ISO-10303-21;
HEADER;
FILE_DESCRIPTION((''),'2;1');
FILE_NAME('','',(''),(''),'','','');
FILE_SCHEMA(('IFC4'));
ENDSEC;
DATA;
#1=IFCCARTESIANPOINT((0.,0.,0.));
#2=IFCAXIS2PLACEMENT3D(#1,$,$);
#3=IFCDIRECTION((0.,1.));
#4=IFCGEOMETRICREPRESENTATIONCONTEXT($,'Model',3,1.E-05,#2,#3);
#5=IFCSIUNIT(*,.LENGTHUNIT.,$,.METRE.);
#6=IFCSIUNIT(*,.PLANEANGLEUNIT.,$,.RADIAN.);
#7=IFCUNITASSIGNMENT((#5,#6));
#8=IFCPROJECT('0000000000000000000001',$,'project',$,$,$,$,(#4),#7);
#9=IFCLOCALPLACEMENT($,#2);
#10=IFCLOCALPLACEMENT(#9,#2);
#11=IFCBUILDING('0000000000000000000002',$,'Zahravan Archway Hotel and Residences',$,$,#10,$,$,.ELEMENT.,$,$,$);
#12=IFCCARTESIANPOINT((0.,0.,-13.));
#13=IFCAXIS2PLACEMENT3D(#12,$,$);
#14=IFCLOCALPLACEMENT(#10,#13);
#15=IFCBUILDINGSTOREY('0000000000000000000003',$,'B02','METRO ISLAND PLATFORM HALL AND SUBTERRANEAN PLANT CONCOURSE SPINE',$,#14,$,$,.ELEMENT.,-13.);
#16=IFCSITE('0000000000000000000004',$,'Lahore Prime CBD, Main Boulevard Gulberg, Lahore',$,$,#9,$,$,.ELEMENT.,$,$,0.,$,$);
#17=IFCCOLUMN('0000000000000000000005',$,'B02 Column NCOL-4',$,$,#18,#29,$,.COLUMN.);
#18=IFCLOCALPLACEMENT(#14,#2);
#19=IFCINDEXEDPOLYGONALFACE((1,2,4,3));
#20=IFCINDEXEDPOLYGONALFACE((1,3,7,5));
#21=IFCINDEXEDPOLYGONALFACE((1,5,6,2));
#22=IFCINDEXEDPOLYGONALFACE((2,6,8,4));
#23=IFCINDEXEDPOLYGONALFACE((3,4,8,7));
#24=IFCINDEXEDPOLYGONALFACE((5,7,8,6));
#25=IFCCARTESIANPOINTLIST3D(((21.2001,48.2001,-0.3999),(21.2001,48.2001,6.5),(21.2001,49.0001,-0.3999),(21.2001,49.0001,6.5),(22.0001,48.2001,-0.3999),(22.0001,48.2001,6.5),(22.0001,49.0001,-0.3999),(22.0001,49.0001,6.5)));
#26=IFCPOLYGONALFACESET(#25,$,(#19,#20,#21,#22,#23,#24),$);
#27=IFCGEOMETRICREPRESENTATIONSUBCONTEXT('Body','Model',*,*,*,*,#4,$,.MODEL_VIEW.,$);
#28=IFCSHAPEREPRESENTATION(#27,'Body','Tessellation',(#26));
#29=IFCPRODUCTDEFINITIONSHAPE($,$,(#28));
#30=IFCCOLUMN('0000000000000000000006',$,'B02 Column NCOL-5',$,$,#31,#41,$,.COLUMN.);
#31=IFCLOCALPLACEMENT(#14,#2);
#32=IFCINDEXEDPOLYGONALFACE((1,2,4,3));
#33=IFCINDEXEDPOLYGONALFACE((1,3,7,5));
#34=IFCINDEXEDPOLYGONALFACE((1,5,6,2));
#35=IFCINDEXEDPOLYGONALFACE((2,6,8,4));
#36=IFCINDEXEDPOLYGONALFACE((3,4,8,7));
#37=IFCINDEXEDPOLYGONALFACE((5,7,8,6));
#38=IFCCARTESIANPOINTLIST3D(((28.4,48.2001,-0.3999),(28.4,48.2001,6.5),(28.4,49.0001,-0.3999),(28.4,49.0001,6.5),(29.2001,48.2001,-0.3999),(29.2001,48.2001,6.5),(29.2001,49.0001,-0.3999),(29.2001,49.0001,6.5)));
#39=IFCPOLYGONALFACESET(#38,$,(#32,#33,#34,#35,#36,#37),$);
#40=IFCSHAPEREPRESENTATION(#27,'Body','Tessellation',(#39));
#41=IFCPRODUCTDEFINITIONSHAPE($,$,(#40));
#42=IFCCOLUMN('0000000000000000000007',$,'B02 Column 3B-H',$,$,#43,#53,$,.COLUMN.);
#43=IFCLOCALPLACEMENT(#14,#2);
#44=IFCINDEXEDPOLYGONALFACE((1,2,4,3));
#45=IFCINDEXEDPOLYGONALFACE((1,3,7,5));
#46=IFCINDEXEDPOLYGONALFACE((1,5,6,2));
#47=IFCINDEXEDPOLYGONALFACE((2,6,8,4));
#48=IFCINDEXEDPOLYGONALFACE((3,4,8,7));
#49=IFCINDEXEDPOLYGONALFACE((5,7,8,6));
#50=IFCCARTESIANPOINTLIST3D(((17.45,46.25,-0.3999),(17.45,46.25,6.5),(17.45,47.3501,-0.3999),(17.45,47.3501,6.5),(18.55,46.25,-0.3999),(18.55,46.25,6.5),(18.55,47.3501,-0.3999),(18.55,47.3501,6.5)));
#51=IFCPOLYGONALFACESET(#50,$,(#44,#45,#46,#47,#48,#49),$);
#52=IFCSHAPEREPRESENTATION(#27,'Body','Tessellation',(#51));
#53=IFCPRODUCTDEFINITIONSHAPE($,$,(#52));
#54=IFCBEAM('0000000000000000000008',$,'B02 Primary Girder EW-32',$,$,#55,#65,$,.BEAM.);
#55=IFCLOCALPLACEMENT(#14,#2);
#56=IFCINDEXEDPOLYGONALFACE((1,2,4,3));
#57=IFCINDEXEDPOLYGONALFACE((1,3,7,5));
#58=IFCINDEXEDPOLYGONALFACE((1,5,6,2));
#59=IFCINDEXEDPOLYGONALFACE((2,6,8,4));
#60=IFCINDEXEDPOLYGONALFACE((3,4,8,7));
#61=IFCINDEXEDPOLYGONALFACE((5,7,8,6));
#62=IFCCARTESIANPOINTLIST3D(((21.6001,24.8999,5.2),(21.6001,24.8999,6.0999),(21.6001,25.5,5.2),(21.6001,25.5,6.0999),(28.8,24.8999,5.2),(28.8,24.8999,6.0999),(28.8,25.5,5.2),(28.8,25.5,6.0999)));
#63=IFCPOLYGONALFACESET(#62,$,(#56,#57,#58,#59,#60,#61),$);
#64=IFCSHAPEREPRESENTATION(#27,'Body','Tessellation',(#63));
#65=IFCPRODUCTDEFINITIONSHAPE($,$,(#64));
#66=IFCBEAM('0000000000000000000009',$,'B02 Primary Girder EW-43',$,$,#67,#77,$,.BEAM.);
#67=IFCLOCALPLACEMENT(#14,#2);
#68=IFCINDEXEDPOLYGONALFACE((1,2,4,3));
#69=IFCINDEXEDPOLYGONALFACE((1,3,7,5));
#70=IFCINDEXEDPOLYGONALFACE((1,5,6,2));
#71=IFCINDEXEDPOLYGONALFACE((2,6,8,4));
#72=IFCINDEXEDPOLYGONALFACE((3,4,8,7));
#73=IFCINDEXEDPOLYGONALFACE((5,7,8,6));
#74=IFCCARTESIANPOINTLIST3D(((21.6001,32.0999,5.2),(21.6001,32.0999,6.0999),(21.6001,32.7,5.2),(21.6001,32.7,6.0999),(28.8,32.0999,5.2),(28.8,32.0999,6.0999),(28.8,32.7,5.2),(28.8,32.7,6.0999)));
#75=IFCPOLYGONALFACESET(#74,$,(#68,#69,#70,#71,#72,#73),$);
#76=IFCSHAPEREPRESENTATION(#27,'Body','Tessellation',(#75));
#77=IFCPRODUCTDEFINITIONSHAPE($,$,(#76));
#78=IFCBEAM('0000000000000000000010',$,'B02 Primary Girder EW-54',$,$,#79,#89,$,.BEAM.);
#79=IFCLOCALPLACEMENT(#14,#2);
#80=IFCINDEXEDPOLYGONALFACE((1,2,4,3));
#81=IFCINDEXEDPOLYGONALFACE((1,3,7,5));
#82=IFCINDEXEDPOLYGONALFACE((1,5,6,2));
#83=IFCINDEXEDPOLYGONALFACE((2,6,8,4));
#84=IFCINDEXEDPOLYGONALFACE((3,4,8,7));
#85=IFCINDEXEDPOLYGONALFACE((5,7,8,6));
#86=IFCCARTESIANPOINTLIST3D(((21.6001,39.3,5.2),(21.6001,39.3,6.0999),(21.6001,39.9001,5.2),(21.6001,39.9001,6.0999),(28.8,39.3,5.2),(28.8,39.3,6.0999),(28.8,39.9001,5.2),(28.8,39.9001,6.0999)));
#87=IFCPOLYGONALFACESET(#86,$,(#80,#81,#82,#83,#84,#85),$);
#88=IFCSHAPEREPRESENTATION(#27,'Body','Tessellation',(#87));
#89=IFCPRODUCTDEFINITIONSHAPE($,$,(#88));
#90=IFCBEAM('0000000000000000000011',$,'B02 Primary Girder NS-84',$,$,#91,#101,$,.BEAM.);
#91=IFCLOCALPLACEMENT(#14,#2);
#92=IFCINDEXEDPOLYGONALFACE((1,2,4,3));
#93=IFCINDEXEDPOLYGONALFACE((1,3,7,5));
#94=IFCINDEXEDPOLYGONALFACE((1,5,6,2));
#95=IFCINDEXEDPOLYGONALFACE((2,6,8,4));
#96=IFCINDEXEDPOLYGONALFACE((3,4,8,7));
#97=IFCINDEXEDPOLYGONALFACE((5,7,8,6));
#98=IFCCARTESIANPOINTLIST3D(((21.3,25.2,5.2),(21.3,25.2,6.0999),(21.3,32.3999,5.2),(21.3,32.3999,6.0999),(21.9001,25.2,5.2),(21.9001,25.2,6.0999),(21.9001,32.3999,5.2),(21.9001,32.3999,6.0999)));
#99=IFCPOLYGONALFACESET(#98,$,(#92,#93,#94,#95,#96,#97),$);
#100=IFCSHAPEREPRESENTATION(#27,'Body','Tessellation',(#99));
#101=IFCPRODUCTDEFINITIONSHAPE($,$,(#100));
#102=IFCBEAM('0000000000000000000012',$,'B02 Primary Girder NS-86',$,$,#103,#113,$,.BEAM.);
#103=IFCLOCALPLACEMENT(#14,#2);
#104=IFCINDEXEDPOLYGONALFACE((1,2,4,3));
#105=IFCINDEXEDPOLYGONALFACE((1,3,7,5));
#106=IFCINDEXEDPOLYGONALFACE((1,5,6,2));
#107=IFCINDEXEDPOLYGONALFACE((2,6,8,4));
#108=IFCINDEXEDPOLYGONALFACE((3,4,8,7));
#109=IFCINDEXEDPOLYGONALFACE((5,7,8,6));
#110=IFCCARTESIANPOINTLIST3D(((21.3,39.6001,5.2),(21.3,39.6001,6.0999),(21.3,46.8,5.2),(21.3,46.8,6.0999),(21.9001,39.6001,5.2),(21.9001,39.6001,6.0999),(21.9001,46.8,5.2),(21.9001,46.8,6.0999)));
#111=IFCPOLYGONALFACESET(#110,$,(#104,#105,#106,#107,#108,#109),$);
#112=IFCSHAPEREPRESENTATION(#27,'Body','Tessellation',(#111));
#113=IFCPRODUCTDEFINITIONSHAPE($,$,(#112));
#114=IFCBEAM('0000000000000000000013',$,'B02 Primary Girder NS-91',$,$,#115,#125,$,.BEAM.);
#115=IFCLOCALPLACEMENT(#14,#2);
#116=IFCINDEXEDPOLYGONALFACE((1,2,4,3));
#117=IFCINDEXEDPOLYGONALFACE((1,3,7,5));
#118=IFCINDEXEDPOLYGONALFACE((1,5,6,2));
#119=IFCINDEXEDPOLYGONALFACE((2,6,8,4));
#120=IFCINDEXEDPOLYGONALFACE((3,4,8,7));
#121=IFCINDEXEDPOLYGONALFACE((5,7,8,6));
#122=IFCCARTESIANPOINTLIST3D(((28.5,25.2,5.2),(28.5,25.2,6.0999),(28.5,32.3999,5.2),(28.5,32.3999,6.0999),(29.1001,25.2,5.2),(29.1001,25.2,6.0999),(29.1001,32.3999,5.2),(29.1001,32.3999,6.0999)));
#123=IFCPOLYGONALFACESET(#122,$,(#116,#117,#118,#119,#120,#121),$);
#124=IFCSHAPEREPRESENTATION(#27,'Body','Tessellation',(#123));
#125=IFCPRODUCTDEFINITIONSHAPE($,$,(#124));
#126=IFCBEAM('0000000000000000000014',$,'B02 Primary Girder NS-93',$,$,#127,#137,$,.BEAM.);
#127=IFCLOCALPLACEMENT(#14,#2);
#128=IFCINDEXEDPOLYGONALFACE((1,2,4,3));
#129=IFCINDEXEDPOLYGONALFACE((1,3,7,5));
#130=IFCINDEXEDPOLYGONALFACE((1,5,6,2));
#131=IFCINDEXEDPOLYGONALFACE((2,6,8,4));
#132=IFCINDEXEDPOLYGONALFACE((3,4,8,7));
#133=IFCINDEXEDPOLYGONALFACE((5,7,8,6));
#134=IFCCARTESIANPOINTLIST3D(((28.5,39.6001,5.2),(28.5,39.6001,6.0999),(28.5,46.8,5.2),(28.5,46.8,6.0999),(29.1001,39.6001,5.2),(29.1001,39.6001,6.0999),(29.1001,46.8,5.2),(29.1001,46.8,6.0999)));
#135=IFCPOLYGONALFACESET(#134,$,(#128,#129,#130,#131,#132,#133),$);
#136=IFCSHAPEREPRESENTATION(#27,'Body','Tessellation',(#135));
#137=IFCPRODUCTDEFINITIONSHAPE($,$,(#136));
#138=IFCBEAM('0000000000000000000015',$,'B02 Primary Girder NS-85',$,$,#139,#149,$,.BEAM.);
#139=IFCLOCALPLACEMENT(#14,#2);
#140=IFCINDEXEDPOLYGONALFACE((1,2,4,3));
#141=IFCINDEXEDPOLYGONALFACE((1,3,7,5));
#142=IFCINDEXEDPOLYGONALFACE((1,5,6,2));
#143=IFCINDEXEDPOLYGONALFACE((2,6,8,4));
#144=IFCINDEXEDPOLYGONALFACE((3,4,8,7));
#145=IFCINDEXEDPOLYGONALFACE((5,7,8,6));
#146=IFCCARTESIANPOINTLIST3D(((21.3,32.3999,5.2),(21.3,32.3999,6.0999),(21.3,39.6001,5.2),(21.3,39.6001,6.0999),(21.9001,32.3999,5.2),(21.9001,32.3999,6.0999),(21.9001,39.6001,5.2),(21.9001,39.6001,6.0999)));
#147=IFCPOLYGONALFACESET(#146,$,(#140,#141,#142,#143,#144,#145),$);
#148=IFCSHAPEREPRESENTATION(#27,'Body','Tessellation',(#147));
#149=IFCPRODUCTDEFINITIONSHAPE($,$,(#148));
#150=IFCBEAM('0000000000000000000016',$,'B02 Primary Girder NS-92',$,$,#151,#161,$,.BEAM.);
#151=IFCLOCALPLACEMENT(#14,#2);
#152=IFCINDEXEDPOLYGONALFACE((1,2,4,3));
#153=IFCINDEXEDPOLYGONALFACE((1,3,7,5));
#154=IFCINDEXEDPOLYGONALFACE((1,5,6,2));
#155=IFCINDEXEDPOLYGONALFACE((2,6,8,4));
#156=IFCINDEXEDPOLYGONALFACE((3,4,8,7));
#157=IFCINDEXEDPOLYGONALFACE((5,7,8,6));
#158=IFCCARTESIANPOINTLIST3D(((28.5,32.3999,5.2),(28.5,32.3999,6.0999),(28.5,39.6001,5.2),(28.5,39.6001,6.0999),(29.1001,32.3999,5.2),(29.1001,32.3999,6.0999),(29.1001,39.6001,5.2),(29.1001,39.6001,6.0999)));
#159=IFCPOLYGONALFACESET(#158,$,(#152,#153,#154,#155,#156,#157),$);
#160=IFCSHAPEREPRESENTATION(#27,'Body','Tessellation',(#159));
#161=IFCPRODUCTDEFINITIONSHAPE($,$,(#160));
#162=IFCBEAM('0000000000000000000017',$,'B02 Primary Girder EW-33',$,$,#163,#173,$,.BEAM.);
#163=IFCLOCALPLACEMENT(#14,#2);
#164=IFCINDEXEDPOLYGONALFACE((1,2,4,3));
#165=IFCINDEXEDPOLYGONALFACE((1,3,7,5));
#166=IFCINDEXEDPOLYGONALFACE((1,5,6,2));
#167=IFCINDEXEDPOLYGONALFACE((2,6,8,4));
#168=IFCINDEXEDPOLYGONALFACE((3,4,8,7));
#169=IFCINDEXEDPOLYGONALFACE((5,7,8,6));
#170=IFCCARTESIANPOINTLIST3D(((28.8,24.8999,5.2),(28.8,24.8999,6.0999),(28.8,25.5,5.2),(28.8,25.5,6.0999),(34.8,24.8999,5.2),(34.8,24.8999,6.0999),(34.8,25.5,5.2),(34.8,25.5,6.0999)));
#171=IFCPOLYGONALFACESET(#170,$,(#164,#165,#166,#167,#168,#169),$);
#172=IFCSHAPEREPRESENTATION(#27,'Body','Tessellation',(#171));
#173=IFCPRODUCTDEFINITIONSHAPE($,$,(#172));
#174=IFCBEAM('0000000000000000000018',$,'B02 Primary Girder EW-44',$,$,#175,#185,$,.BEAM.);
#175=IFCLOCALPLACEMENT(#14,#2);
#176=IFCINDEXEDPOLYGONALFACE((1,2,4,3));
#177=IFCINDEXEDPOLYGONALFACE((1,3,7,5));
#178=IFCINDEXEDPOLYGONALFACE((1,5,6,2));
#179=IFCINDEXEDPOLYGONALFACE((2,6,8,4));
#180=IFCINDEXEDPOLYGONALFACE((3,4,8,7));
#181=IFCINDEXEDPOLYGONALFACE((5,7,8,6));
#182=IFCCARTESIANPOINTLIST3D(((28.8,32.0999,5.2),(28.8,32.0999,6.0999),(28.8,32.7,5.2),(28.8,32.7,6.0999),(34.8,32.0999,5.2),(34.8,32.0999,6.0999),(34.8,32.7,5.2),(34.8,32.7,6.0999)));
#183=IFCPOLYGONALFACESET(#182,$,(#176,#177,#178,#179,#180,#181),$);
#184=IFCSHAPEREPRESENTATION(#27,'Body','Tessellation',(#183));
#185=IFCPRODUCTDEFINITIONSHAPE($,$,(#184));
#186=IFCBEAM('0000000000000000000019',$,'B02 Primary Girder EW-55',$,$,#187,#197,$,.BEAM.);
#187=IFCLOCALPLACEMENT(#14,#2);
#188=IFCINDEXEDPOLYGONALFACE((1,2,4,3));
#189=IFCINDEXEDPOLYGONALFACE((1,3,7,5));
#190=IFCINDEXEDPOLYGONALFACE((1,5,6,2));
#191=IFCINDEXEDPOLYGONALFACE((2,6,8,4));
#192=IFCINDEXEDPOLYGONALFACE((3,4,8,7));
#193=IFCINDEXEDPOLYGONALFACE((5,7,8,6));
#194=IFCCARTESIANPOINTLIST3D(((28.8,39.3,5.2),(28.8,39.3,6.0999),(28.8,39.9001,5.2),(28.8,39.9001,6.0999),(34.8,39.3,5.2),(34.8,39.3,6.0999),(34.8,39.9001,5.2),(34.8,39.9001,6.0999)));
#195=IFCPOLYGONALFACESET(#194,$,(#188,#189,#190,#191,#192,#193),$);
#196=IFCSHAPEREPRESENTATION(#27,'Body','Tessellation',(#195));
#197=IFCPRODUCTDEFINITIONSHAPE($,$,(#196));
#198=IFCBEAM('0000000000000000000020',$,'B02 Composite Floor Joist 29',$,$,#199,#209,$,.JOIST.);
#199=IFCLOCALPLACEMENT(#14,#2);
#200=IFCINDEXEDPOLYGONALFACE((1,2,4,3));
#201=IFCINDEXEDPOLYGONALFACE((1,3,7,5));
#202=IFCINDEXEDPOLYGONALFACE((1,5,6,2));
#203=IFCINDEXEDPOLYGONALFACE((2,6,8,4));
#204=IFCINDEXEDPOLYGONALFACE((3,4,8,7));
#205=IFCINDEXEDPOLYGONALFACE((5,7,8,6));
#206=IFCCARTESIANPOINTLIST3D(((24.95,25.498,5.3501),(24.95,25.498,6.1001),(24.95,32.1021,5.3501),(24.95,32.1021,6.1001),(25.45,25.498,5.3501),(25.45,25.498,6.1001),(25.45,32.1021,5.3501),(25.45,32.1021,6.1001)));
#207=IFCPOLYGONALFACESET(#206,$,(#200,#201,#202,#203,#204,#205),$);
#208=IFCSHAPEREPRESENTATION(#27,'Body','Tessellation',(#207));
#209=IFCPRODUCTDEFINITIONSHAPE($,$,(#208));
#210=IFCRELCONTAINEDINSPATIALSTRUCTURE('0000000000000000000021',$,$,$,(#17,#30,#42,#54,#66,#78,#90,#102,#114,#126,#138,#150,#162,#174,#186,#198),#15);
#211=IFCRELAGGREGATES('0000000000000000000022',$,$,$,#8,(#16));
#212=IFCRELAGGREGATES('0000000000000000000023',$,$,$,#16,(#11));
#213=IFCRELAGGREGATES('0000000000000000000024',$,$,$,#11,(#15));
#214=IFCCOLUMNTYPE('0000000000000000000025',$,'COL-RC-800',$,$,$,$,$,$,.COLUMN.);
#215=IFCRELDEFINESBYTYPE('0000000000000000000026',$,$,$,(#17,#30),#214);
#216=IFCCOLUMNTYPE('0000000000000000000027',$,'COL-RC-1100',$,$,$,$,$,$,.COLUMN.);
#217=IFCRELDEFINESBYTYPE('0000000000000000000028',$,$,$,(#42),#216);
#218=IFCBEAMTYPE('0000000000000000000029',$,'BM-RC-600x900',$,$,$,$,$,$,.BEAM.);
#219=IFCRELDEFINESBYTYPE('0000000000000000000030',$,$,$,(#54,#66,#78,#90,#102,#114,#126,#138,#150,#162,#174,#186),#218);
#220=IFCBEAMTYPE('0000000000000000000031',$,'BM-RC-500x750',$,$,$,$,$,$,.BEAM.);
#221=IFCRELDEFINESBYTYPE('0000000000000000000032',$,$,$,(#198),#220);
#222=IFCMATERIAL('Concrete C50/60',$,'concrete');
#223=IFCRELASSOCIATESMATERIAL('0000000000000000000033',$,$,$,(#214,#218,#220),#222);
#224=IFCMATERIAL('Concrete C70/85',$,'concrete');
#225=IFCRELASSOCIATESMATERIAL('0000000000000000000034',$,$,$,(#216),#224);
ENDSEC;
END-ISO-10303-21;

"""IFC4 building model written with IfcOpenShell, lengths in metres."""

from ifc_helpers import new_model, si_unit, direction, frame, origin, origin_2d, place, context, subcontext, project, spatial, rectangle, extrude, source, transform, mapped, material, material_profile, profile_set, type_object, type_shapes, element, save


model = new_model("IFC4")

# Units and contexts
model_context = context("Model", 3, precision=1e-05, world=origin(), true_north=direction((0.0, 1.0)))
body_context = subcontext(model_context, "Body", "Model", "MODEL_VIEW")
ifc_project = project(units=[si_unit("LENGTHUNIT", "METRE"), si_unit("PLANEANGLEUNIT", "RADIAN")], contexts=[model_context])

# Site, building, storey
site_placement = place(None, origin())
site = spatial("IfcSite", under=ifc_project, at=site_placement, Name="Lahore Prime CBD, Main Boulevard Gulberg, Lahore", CompositionType="ELEMENT", RefElevation=0.0)
building_placement = place(site_placement, origin())
building = spatial("IfcBuilding", under=site, at=building_placement, Name="Zahravan Archway Hotel and Residences", CompositionType="ELEMENT")
storey_placement = place(building_placement, frame((0.0, 0.0, -13.0)))
storey = spatial("IfcBuildingStorey", under=building, at=storey_placement, Name="B02", Description="METRO ISLAND PLATFORM HALL AND SUBTERRANEAN PLANT CONCOURSE SPINE", CompositionType="ELEMENT", Elevation=-13.0)

# Shared definitions
ifc_material_1 = material(Name="Concrete C50/60", Category="concrete")

# Columns
ifc_material_2 = material(Name="Concrete C70/85", Category="concrete")
ifc_material_profile_1 = material_profile(ifc_material_1, rectangle(XDim=0.8, YDim=0.8, at=origin_2d()), Name="RC-COL-800x800", Category="concrete")
ifc_profile_set_1 = profile_set([ifc_material_profile_1], Name="Concrete C50/60")
column_type_1 = type_object("IfcColumnType", Name="COL-RC-800", PredefinedType="COLUMN", material=ifc_profile_set_1)
shared_shape_1 = source(origin(), body_context, "Body", "SweptSolid", [
    extrude(rectangle(XDim=0.8, YDim=0.8, at=origin_2d()), origin(), (0.0, 0.0, 1.0), 6.8999),
])
type_shapes(column_type_1, [shared_shape_1])
for number, where, z_axis, x_axis, name in (
    (1, (21.6001, 48.6001, -0.3999), (0.0, 0.0, 1.0), (1.0, 0.0, 0.0), "B02 Column NCOL-4"),
    (2, (28.8, 48.6001, -0.3999), (0.0, 0.0, 1.0), (1.0, 0.0, 0.0), "B02 Column NCOL-5"),
):
    element("IfcColumn", number, at=place(storey_placement, frame(where, z_axis=z_axis, x_axis=x_axis)), inside=storey, type_object=column_type_1, Name=name, PredefinedType="COLUMN", context=body_context, shape_type="MappedRepresentation", body=[
        mapped(shared_shape_1, transform((0.0, 0.0, 0.0), scale=1.0)),
    ])
ifc_material_profile_2 = material_profile(ifc_material_2, rectangle(XDim=1.1001, YDim=1.1001, at=origin_2d()), Name="RC 1100x1100", Category="concrete")
ifc_profile_set_2 = profile_set([ifc_material_profile_2], Name="Concrete C70/85")
column_type_2 = type_object("IfcColumnType", Name="COL-RC-1100", PredefinedType="COLUMN", material=ifc_profile_set_2)
shared_shape_2 = source(origin(), body_context, "Body", "SweptSolid", [
    extrude(rectangle(XDim=1.1001, YDim=1.1001, at=origin_2d()), origin(), (0.0, 0.0, 1.0), 6.8999),
])
type_shapes(column_type_2, [shared_shape_2])
column_placement = place(storey_placement, frame((18.0, 46.8, -0.3999), z_axis=(0.0, 0.0, 1.0), x_axis=(1.0, 0.0, 0.0)))
element("IfcColumn", 3, at=column_placement, inside=storey, type_object=column_type_2, Name="B02 Column 3B-H", PredefinedType="COLUMN", context=body_context, shape_type="MappedRepresentation", body=[
    mapped(shared_shape_2, transform((0.0, 0.0, 0.0), scale=1.0)),
])

# Beams
ifc_material_profile_3 = material_profile(ifc_material_1, rectangle(XDim=0.6001, YDim=0.8999, at=origin_2d()), Name="RC-BM-600x900", Category="concrete")
ifc_profile_set_3 = profile_set([ifc_material_profile_3], Name="Concrete C50/60")
beam_type_1 = type_object("IfcBeamType", Name="BM-RC-600x900", PredefinedType="BEAM", material=ifc_profile_set_3)
shared_shape_3 = source(origin(), body_context, "Body", "SweptSolid", [
    extrude(rectangle(XDim=0.6001, YDim=0.8999, at=origin_2d()), origin(), (0.0, 0.0, 1.0), 7.2),
])
for number, where, z_axis, x_axis, name in (
    (4, (21.6001, 25.2, 5.6499), (1.0, 0.0, 0.0), (0.0, 1.0, 0.0), "B02 Primary Girder EW-32"),
    (5, (21.6001, 32.3999, 5.6499), (1.0, 0.0, 0.0), (0.0, 1.0, 0.0), "B02 Primary Girder EW-43"),
    (6, (21.6001, 39.6001, 5.6499), (1.0, 0.0, 0.0), (0.0, 1.0, 0.0), "B02 Primary Girder EW-54"),
    (7, (21.6001, 25.2, 5.6499), (0.0, 1.0, 0.0), (-1.0, 0.0, 0.0), "B02 Primary Girder NS-84"),
    (8, (21.6001, 39.6001, 5.6499), (0.0, 1.0, 0.0), (-1.0, 0.0, 0.0), "B02 Primary Girder NS-86"),
    (9, (28.8, 25.2, 5.6499), (0.0, 1.0, 0.0), (-1.0, 0.0, 0.0), "B02 Primary Girder NS-91"),
    (10, (28.8, 39.6001, 5.6499), (0.0, 1.0, 0.0), (-1.0, 0.0, 0.0), "B02 Primary Girder NS-93"),
):
    element("IfcBeam", number, at=place(storey_placement, frame(where, z_axis=z_axis, x_axis=x_axis)), inside=storey, type_object=beam_type_1, Name=name, PredefinedType="BEAM", context=body_context, shape_type="MappedRepresentation", body=[
        mapped(shared_shape_3, transform((0.0, 0.0, 0.0), scale=1.0)),
    ])
shared_shape_4 = source(origin(), body_context, "Body", "SweptSolid", [
    extrude(rectangle(XDim=0.6001, YDim=0.8999, at=origin_2d()), origin(), (0.0, 0.0, 1.0), 7.2002),
])
for number, where, z_axis, x_axis, name in (
    (11, (21.6001, 32.3999, 5.6499), (0.0, 1.0, 0.0), (-1.0, 0.0, 0.0), "B02 Primary Girder NS-85"),
    (12, (28.8, 32.3999, 5.6499), (0.0, 1.0, 0.0), (-1.0, 0.0, 0.0), "B02 Primary Girder NS-92"),
):
    element("IfcBeam", number, at=place(storey_placement, frame(where, z_axis=z_axis, x_axis=x_axis)), inside=storey, type_object=beam_type_1, Name=name, PredefinedType="BEAM", context=body_context, shape_type="MappedRepresentation", body=[
        mapped(shared_shape_4, transform((0.0, 0.0, 0.0), scale=1.0)),
    ])
shared_shape_5 = source(origin(), body_context, "Body", "SweptSolid", [
    extrude(rectangle(XDim=0.6001, YDim=0.8999, at=origin_2d()), origin(), (0.0, 0.0, 1.0), 6.0),
])
for number, where, z_axis, x_axis, name in (
    (13, (28.8, 25.2, 5.6499), (1.0, 0.0, 0.0), (0.0, 1.0, 0.0), "B02 Primary Girder EW-33"),
    (14, (28.8, 32.3999, 5.6499), (1.0, 0.0, 0.0), (0.0, 1.0, 0.0), "B02 Primary Girder EW-44"),
    (15, (28.8, 39.6001, 5.6499), (1.0, 0.0, 0.0), (0.0, 1.0, 0.0), "B02 Primary Girder EW-55"),
):
    element("IfcBeam", number, at=place(storey_placement, frame(where, z_axis=z_axis, x_axis=x_axis)), inside=storey, type_object=beam_type_1, Name=name, PredefinedType="BEAM", context=body_context, shape_type="MappedRepresentation", body=[
        mapped(shared_shape_5, transform((0.0, 0.0, 0.0), scale=1.0)),
    ])
ifc_material_profile_4 = material_profile(ifc_material_1, rectangle(XDim=0.5, YDim=0.75, at=origin_2d()), Name="RC-BM-500x750", Category="concrete")
ifc_profile_set_4 = profile_set([ifc_material_profile_4], Name="Concrete C50/60")
beam_type_2 = type_object("IfcBeamType", Name="BM-RC-500x750", PredefinedType="BEAM", material=ifc_profile_set_4)
shared_shape_6 = source(origin(), body_context, "Body", "SweptSolid", [
    extrude(rectangle(XDim=0.5, YDim=0.75, at=origin_2d()), origin(), (0.0, 0.0, 1.0), 6.604),
])
type_shapes(beam_type_2, [shared_shape_6])
for number, where, z_axis, x_axis, name in (
    (16, (25.2, 25.498, 5.7251), (0.0, 1.0, 0.0), (-1.0, 0.0, 0.0), "B02 Composite Floor Joist 29"),
):
    element("IfcBeam", number, at=place(storey_placement, frame(where, z_axis=z_axis, x_axis=x_axis)), inside=storey, type_object=beam_type_2, Name=name, PredefinedType="JOIST", context=body_context, shape_type="MappedRepresentation", body=[
        mapped(shared_shape_6, transform((0.0, 0.0, 0.0), scale=1.0)),
    ])

save(model, "model.ifc")
